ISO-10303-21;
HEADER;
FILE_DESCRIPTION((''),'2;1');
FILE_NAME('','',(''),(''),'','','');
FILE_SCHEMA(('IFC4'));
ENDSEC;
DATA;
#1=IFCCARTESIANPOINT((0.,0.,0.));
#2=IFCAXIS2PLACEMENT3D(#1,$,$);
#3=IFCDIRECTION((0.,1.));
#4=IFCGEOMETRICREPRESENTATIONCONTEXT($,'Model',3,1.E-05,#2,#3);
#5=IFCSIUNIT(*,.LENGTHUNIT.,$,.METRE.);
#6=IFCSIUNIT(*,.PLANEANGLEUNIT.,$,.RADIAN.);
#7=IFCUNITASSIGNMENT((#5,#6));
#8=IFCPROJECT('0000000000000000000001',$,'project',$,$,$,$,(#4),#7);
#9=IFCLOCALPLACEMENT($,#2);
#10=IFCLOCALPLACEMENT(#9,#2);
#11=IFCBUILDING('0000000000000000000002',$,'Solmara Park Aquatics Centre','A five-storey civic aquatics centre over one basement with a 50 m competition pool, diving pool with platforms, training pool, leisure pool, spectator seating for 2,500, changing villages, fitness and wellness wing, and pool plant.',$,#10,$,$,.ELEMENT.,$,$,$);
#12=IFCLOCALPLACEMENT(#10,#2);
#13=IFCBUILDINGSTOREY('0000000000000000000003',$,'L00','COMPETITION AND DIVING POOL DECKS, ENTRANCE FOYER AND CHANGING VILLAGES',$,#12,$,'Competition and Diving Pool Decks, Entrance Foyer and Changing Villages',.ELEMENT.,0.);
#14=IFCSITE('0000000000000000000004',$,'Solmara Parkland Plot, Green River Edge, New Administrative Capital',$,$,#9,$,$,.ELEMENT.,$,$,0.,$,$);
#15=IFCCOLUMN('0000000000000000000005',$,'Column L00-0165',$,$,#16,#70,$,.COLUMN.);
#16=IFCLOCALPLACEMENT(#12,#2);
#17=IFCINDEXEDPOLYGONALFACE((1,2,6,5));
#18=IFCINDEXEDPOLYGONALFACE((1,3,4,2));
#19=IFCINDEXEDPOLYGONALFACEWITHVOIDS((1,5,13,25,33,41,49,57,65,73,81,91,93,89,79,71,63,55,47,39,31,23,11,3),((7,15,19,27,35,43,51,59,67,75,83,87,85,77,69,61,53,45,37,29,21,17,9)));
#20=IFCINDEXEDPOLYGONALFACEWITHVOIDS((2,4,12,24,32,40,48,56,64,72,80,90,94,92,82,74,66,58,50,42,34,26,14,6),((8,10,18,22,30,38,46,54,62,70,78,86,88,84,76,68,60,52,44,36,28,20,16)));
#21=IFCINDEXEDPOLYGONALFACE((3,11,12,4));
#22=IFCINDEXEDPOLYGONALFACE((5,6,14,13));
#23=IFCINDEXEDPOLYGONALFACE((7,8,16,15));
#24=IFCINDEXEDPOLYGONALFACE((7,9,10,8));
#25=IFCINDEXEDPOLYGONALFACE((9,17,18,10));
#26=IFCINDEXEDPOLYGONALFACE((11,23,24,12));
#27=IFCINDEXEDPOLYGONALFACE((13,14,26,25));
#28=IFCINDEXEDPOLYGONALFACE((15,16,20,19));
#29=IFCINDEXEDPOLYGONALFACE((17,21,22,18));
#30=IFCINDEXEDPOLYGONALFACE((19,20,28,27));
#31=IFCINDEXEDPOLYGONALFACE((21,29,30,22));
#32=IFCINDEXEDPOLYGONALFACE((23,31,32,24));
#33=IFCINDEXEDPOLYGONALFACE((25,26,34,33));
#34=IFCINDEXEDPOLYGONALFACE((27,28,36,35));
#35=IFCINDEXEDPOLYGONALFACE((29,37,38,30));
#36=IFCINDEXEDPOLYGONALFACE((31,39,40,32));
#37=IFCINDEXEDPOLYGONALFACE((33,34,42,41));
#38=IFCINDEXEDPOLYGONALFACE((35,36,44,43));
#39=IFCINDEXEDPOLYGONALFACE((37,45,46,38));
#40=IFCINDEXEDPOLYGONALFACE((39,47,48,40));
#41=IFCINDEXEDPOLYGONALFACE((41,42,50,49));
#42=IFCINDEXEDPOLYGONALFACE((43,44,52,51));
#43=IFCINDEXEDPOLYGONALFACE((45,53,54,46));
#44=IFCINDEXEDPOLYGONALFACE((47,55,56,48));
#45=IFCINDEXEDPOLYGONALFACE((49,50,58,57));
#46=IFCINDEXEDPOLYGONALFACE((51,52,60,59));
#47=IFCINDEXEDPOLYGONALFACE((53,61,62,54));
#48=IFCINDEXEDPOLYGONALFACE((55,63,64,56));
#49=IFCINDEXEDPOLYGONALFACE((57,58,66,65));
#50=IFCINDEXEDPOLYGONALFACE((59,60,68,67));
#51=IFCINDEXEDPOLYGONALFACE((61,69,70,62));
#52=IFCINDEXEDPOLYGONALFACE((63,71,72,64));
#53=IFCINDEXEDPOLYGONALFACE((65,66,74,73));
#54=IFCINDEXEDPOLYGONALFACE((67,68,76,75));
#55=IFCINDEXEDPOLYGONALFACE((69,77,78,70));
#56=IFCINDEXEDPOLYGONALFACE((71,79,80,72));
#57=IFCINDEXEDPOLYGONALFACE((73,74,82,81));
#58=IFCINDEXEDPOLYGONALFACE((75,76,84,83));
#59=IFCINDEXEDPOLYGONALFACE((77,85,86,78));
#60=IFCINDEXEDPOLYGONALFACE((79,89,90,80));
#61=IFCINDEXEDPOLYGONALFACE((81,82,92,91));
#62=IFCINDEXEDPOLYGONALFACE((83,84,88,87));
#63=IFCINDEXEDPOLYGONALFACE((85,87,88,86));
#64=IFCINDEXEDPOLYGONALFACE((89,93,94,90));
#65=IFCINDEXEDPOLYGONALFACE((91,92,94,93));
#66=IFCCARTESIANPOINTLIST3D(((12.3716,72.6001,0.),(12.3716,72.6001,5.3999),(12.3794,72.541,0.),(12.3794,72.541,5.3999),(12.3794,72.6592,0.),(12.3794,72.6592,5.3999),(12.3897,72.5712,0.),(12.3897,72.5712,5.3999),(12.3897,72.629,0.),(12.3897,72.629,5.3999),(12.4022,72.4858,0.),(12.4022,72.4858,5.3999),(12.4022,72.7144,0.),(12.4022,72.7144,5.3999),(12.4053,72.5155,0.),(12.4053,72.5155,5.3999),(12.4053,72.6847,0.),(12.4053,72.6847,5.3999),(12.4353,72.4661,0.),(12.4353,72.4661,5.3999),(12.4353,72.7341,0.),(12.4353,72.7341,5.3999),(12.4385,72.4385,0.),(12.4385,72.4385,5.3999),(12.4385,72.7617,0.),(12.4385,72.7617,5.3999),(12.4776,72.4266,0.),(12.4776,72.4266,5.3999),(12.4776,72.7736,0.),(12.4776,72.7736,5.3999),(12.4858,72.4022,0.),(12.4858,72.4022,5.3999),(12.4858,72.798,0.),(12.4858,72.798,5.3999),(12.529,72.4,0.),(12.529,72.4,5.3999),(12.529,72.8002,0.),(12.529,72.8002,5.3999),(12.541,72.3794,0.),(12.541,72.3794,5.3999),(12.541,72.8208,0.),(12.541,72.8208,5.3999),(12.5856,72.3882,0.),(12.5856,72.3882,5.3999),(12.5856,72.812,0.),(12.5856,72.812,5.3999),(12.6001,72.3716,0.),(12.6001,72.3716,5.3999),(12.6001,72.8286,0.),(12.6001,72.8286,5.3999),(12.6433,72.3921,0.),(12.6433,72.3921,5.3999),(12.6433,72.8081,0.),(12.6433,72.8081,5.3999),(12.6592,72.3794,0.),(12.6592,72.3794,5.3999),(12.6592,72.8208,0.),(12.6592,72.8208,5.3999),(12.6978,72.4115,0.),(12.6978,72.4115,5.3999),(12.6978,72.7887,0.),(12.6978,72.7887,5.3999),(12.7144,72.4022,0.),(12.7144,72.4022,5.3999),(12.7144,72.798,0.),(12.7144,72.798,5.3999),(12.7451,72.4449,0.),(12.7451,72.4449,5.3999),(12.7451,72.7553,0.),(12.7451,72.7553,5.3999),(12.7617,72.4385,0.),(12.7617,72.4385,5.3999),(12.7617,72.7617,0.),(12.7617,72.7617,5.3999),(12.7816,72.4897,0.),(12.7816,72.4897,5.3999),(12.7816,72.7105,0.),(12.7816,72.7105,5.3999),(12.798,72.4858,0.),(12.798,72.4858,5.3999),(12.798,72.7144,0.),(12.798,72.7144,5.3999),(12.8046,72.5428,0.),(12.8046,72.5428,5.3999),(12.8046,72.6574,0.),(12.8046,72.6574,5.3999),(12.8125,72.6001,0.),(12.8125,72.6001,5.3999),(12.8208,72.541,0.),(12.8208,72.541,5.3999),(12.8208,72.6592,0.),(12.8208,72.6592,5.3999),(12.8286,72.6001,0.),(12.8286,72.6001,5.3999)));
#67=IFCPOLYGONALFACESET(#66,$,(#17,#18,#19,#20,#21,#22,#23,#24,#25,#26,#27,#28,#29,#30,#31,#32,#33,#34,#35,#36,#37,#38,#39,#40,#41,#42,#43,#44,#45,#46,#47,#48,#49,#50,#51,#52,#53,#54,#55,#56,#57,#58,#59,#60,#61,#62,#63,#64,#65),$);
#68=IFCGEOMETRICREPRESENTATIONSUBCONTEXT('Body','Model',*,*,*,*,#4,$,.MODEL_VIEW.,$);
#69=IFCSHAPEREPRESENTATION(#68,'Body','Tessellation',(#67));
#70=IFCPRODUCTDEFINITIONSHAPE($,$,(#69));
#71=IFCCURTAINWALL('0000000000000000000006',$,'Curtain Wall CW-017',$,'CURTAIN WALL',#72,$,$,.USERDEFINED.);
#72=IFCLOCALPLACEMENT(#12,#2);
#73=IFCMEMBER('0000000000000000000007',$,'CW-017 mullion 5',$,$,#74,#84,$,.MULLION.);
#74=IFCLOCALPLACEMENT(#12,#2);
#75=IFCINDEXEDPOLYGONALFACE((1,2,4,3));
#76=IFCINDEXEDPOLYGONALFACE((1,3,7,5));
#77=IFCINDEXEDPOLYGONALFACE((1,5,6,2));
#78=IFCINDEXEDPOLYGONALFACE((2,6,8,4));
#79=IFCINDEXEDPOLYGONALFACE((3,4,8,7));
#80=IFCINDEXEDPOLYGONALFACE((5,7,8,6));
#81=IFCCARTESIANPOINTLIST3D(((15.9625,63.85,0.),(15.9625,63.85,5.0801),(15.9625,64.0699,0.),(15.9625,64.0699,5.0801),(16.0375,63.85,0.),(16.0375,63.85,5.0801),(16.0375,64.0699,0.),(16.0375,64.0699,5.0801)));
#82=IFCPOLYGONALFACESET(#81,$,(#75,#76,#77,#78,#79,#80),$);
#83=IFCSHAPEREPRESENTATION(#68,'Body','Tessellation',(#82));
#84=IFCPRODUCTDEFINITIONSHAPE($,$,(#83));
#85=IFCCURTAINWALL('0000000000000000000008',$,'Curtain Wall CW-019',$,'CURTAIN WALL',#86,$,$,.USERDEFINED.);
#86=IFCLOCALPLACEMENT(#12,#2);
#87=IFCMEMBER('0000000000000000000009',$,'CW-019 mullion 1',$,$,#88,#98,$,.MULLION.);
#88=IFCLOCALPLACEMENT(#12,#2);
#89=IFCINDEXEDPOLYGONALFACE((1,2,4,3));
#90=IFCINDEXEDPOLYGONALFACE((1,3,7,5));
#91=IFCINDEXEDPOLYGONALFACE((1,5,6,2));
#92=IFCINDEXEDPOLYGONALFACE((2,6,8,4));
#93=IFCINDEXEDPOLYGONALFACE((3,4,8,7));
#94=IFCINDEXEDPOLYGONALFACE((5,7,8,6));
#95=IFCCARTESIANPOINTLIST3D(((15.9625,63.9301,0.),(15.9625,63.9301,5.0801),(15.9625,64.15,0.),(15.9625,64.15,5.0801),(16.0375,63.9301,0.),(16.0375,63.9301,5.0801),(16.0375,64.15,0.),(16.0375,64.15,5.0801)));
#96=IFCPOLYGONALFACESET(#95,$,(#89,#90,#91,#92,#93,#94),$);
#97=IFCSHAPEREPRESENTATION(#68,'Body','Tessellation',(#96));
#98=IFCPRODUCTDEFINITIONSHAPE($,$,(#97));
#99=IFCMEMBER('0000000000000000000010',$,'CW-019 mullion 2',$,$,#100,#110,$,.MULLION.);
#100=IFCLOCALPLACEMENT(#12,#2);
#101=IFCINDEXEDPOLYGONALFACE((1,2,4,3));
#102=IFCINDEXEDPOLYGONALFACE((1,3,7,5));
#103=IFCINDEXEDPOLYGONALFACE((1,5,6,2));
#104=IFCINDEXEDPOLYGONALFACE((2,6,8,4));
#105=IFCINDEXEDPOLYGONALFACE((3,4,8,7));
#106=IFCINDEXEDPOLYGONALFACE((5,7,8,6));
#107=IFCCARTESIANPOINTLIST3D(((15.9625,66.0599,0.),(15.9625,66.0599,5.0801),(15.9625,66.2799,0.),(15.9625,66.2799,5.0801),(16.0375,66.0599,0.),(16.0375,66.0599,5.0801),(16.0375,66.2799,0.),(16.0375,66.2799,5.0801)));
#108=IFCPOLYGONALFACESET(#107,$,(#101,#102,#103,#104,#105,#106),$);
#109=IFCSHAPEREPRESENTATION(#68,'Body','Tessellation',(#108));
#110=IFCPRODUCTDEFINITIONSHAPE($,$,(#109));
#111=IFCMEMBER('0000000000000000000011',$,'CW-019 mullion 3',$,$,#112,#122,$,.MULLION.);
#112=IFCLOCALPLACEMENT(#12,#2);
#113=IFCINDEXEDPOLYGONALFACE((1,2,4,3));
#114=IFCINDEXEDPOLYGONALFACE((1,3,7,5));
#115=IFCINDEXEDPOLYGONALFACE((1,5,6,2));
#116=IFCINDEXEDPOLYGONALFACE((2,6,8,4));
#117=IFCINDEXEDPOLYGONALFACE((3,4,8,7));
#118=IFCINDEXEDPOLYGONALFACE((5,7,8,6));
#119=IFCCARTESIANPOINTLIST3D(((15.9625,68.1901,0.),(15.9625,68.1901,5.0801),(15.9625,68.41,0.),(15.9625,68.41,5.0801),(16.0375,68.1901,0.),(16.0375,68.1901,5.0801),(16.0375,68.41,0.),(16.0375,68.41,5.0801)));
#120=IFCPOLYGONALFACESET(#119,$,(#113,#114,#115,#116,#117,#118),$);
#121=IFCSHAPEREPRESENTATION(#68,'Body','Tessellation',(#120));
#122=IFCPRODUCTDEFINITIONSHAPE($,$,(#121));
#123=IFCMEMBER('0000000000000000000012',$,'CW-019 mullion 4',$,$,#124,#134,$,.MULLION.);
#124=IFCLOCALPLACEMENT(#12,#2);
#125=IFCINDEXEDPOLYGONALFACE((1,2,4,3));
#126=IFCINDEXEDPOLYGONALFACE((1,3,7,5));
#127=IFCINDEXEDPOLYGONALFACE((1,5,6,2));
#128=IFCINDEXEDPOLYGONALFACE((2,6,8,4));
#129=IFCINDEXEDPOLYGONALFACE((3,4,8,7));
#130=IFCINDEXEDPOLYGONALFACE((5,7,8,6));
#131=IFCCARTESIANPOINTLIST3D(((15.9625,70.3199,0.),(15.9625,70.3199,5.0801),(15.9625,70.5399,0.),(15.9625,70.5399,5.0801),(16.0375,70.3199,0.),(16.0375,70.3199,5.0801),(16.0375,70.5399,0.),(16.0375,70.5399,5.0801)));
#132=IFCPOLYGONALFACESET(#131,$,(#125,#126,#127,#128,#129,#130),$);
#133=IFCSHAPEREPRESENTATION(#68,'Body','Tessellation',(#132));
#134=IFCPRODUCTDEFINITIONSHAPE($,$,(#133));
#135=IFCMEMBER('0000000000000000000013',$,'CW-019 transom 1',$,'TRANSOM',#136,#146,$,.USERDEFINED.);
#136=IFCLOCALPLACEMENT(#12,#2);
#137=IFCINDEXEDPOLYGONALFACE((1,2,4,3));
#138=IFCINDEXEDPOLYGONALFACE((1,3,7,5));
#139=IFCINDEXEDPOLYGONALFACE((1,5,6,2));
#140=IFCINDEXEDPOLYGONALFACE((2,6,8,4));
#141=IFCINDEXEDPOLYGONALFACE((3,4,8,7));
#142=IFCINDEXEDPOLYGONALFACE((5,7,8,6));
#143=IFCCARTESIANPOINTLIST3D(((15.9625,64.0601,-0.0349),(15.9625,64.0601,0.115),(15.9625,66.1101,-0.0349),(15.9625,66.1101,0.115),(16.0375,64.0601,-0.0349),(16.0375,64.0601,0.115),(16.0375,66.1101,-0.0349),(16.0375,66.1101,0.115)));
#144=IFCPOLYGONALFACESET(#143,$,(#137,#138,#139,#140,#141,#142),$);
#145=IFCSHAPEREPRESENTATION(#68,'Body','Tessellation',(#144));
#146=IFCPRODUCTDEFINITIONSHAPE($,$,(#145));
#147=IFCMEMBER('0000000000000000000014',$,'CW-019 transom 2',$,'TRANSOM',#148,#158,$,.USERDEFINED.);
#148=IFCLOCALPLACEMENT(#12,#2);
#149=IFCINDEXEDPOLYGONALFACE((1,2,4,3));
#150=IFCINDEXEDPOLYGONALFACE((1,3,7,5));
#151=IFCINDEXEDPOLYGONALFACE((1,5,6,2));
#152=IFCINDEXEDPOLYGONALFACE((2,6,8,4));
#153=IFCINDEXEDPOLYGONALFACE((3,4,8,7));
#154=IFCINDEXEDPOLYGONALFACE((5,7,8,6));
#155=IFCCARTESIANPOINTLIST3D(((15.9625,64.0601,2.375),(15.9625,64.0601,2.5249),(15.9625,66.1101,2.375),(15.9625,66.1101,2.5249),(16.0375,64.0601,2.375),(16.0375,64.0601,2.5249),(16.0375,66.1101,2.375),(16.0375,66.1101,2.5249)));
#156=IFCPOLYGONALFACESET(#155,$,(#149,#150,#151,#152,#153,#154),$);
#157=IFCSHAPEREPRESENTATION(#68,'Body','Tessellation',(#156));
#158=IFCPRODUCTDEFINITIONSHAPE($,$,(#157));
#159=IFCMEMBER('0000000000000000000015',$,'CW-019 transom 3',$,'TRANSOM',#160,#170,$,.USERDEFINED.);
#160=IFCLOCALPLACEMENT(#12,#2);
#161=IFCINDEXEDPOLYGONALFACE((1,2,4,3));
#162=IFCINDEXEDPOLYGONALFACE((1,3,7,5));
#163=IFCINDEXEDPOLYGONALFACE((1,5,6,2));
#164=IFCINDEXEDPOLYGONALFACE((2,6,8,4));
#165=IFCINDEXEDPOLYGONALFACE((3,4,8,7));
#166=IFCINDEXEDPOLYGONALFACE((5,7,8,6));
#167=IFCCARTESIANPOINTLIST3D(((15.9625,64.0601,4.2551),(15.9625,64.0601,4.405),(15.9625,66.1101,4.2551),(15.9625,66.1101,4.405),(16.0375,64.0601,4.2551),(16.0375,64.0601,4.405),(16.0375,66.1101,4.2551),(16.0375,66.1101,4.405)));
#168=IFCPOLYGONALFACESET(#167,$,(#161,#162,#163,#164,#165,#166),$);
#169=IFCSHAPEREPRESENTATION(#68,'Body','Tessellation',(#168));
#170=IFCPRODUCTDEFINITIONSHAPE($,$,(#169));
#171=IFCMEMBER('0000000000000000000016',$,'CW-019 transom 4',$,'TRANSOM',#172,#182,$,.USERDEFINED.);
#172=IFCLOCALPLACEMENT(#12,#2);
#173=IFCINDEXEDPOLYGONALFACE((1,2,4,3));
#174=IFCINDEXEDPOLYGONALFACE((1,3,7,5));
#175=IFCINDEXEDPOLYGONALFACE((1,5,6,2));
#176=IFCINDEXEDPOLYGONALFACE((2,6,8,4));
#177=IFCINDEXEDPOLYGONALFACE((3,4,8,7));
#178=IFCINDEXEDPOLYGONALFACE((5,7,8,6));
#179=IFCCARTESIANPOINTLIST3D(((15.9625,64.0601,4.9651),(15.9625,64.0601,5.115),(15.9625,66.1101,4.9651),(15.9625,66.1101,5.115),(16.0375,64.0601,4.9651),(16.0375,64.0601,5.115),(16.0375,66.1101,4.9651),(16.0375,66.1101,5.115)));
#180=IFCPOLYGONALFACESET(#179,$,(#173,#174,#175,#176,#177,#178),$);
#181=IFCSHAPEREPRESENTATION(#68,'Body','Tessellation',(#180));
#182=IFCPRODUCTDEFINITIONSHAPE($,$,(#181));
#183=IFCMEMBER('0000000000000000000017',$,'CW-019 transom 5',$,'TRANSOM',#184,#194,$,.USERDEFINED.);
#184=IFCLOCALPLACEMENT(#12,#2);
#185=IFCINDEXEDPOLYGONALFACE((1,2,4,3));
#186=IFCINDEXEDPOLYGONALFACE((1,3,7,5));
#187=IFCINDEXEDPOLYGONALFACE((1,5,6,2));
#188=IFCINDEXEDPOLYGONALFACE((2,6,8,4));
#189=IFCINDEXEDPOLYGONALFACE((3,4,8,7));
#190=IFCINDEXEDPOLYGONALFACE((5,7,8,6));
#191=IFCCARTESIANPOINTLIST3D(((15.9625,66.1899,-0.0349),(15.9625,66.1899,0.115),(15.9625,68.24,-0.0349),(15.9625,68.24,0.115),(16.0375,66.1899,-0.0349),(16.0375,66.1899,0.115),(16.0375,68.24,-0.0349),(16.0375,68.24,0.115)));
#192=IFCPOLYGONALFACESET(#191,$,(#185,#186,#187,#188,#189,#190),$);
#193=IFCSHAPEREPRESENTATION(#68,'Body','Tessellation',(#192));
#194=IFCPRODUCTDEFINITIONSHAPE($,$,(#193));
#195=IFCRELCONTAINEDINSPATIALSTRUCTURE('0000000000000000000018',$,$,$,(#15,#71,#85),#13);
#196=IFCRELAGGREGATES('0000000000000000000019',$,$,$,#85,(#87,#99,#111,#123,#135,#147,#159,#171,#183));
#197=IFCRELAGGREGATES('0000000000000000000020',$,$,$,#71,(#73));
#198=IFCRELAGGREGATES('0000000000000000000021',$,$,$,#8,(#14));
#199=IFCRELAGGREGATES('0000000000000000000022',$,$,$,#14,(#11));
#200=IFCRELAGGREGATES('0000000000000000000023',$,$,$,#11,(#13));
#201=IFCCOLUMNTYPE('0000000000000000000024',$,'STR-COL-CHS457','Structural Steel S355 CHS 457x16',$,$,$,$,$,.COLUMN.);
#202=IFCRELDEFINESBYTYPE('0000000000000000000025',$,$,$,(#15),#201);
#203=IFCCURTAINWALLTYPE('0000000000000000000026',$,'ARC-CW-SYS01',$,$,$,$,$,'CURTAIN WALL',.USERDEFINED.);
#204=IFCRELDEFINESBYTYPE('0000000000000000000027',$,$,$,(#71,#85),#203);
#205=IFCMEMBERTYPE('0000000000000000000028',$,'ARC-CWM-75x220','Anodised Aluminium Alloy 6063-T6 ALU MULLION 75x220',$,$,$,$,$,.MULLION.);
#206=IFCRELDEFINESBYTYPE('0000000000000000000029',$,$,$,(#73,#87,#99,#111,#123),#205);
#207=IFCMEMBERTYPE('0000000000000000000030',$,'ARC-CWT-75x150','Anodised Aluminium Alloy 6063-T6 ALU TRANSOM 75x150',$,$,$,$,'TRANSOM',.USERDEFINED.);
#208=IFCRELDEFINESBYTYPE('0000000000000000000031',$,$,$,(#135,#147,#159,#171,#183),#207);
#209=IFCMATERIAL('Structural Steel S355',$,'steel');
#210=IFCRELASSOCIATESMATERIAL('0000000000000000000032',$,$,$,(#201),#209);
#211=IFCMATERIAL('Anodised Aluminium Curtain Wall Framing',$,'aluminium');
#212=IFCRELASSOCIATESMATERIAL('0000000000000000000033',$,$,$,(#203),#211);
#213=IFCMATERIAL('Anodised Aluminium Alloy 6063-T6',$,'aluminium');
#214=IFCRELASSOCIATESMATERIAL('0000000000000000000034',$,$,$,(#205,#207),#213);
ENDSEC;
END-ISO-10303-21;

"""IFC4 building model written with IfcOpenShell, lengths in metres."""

from ifc_helpers import new_model, si_unit, direction, frame, origin, origin_2d, place, context, subcontext, project, spatial, rectangle, hollow_circle, extrude, material, material_profile, profile_set, type_object, element, aggregate, save


model = new_model("IFC4")

# Units and contexts
model_context = context("Model", 3, precision=1e-05, world=origin(), true_north=direction((0.0, 1.0)))
body_context = subcontext(model_context, "Body", "Model", "MODEL_VIEW")
ifc_project = project(units=[si_unit("LENGTHUNIT", "METRE"), si_unit("PLANEANGLEUNIT", "RADIAN")], contexts=[model_context])

# Site, building, storey
site_placement = place(None, origin())
site = spatial("IfcSite", under=ifc_project, at=site_placement, Name="Solmara Parkland Plot, Green River Edge, New Administrative Capital", CompositionType="ELEMENT", RefElevation=0.0)
building_placement = place(site_placement, origin())
building = spatial("IfcBuilding", under=site, at=building_placement, Name="Solmara Park Aquatics Centre", Description="A five-storey civic aquatics centre over one basement with a 50 m competition pool, diving pool with platforms, training pool, leisure pool, spectator seating for 2,500, changing villages, fitness and wellness wing, and pool plant.", CompositionType="ELEMENT")
storey_placement = place(building_placement, origin())
storey = spatial("IfcBuildingStorey", under=building, at=storey_placement, Name="L00", Description="COMPETITION AND DIVING POOL DECKS, ENTRANCE FOYER AND CHANGING VILLAGES", LongName="Competition and Diving Pool Decks, Entrance Foyer and Changing Villages", CompositionType="ELEMENT", Elevation=0.0)

# Column
ifc_material_1 = material(Name="Structural Steel S355", Category="steel")
ifc_material_profile_1 = material_profile(ifc_material_1, hollow_circle(Radius=0.2285, WallThickness=0.0161, at=origin_2d()), Name="CHS 457x16")
ifc_profile_set_1 = profile_set([ifc_material_profile_1], Name="Structural Steel S355")
column_type = type_object("IfcColumnType", Name="STR-COL-CHS457", Description="Structural Steel S355 CHS 457x16", PredefinedType="COLUMN", material=ifc_profile_set_1)
column_placement = place(storey_placement, frame((12.6001, 72.6001, 0.0), z_axis=(0.0, 0.0, 1.0), x_axis=(1.0, 0.0, 0.0)))
element("IfcColumn", 1, at=column_placement, inside=storey, type_object=column_type, Name="Column L00-0165", PredefinedType="COLUMN", context=body_context, shape_type="SweptSolid", body=[
    extrude(hollow_circle(Radius=0.2285, WallThickness=0.0161, at=origin_2d()), origin(), (0.0, 0.0, 1.0), 5.3999),
])

# Curtain wall, member
ifc_material_2 = material(Name="Anodised Aluminium Curtain Wall Framing", Category="aluminium")
curtain_wall_type = type_object("IfcCurtainWallType", Name="ARC-CW-SYS01", ElementType="CURTAIN WALL", PredefinedType="USERDEFINED", material=ifc_material_2)
curtain_wall_1_placement = place(storey_placement, origin())
curtain_wall_1 = element("IfcCurtainWall", 2, at=curtain_wall_1_placement, inside=storey, type_object=curtain_wall_type, Name="Curtain Wall CW-017", ObjectType="CURTAIN WALL", PredefinedType="USERDEFINED")
ifc_material_3 = material(Name="Anodised Aluminium Alloy 6063-T6", Category="aluminium")
ifc_material_profile_2 = material_profile(ifc_material_3, rectangle(XDim=0.075, YDim=0.22, at=origin_2d()), Name="ALU MULLION 75x220")
ifc_profile_set_2 = profile_set([ifc_material_profile_2], Name="Anodised Aluminium Alloy 6063-T6")
member_type_1 = type_object("IfcMemberType", Name="ARC-CWM-75x220", Description="Anodised Aluminium Alloy 6063-T6 ALU MULLION 75x220", PredefinedType="MULLION", material=ifc_profile_set_2)
member_1_placement = place(storey_placement, frame((16.0, 63.96, 0.0), z_axis=(0.0, 0.0, 1.0), x_axis=(1.0, 0.0, 0.0)))
member_1 = element("IfcMember", 3, at=member_1_placement, type_object=member_type_1, Name="CW-017 mullion 5", PredefinedType="MULLION", context=body_context, shape_type="SweptSolid", body=[
    extrude(rectangle(XDim=0.075, YDim=0.22, at=origin_2d()), origin(), (0.0, 0.0, 1.0), 5.0801),
])

# Curtain wall, members
curtain_wall_2_placement = place(storey_placement, origin())
curtain_wall_2 = element("IfcCurtainWall", 4, at=curtain_wall_2_placement, inside=storey, type_object=curtain_wall_type, Name="Curtain Wall CW-019", ObjectType="CURTAIN WALL", PredefinedType="USERDEFINED")
member_2_placement = place(storey_placement, frame((16.0, 64.04, 0.0), z_axis=(0.0, 0.0, 1.0), x_axis=(1.0, 0.0, 0.0)))
member_2 = element("IfcMember", 5, at=member_2_placement, type_object=member_type_1, Name="CW-019 mullion 1", PredefinedType="MULLION", context=body_context, shape_type="SweptSolid", body=[
    extrude(rectangle(XDim=0.075, YDim=0.22, at=origin_2d()), origin(), (0.0, 0.0, 1.0), 5.0801),
])
member_3_placement = place(storey_placement, frame((16.0, 66.1699, 0.0), z_axis=(0.0, 0.0, 1.0), x_axis=(1.0, 0.0, 0.0)))
member_3 = element("IfcMember", 6, at=member_3_placement, type_object=member_type_1, Name="CW-019 mullion 2", PredefinedType="MULLION", context=body_context, shape_type="SweptSolid", body=[
    extrude(rectangle(XDim=0.075, YDim=0.22, at=origin_2d()), origin(), (0.0, 0.0, 1.0), 5.0801),
])
member_4_placement = place(storey_placement, frame((16.0, 68.3, 0.0), z_axis=(0.0, 0.0, 1.0), x_axis=(1.0, 0.0, 0.0)))
member_4 = element("IfcMember", 7, at=member_4_placement, type_object=member_type_1, Name="CW-019 mullion 3", PredefinedType="MULLION", context=body_context, shape_type="SweptSolid", body=[
    extrude(rectangle(XDim=0.075, YDim=0.22, at=origin_2d()), origin(), (0.0, 0.0, 1.0), 5.0801),
])
member_5_placement = place(storey_placement, frame((16.0, 70.4299, 0.0), z_axis=(0.0, 0.0, 1.0), x_axis=(1.0, 0.0, 0.0)))
member_5 = element("IfcMember", 8, at=member_5_placement, type_object=member_type_1, Name="CW-019 mullion 4", PredefinedType="MULLION", context=body_context, shape_type="SweptSolid", body=[
    extrude(rectangle(XDim=0.075, YDim=0.22, at=origin_2d()), origin(), (0.0, 0.0, 1.0), 5.0801),
])
ifc_material_profile_3 = material_profile(ifc_material_3, rectangle(XDim=0.075, YDim=0.1499, at=origin_2d()), Name="ALU TRANSOM 75x150")
ifc_profile_set_3 = profile_set([ifc_material_profile_3], Name="Anodised Aluminium Alloy 6063-T6")
member_type_2 = type_object("IfcMemberType", Name="ARC-CWT-75x150", Description="Anodised Aluminium Alloy 6063-T6 ALU TRANSOM 75x150", ElementType="TRANSOM", PredefinedType="USERDEFINED", material=ifc_profile_set_3)
member_6_placement = place(storey_placement, frame((16.0, 64.0601, 0.04), z_axis=(0.0, 1.0, 0.0), x_axis=(-1.0, 0.0, 0.0)))
member_6 = element("IfcMember", 9, at=member_6_placement, type_object=member_type_2, Name="CW-019 transom 1", ObjectType="TRANSOM", PredefinedType="USERDEFINED", context=body_context, shape_type="SweptSolid", body=[
    extrude(rectangle(XDim=0.075, YDim=0.1499, at=origin_2d()), origin(), (0.0, 0.0, 1.0), 2.05),
])
member_7_placement = place(storey_placement, frame((16.0, 64.0601, 2.45), z_axis=(0.0, 1.0, 0.0), x_axis=(-1.0, 0.0, 0.0)))
member_7 = element("IfcMember", 10, at=member_7_placement, type_object=member_type_2, Name="CW-019 transom 2", ObjectType="TRANSOM", PredefinedType="USERDEFINED", context=body_context, shape_type="SweptSolid", body=[
    extrude(rectangle(XDim=0.075, YDim=0.1499, at=origin_2d()), origin(), (0.0, 0.0, 1.0), 2.05),
])
member_8_placement = place(storey_placement, frame((16.0, 64.0601, 4.3301), z_axis=(0.0, 1.0, 0.0), x_axis=(-1.0, 0.0, 0.0)))
member_8 = element("IfcMember", 11, at=member_8_placement, type_object=member_type_2, Name="CW-019 transom 3", ObjectType="TRANSOM", PredefinedType="USERDEFINED", context=body_context, shape_type="SweptSolid", body=[
    extrude(rectangle(XDim=0.075, YDim=0.1499, at=origin_2d()), origin(), (0.0, 0.0, 1.0), 2.05),
])
member_9_placement = place(storey_placement, frame((16.0, 64.0601, 5.04), z_axis=(0.0, 1.0, 0.0), x_axis=(-1.0, 0.0, 0.0)))
member_9 = element("IfcMember", 12, at=member_9_placement, type_object=member_type_2, Name="CW-019 transom 4", ObjectType="TRANSOM", PredefinedType="USERDEFINED", context=body_context, shape_type="SweptSolid", body=[
    extrude(rectangle(XDim=0.075, YDim=0.1499, at=origin_2d()), origin(), (0.0, 0.0, 1.0), 2.05),
])
member_10_placement = place(storey_placement, frame((16.0, 66.1899, 0.04), z_axis=(0.0, 1.0, 0.0), x_axis=(-1.0, 0.0, 0.0)))
member_10 = element("IfcMember", 13, at=member_10_placement, type_object=member_type_2, Name="CW-019 transom 5", ObjectType="TRANSOM", PredefinedType="USERDEFINED", context=body_context, shape_type="SweptSolid", body=[
    extrude(rectangle(XDim=0.075, YDim=0.1499, at=origin_2d()), origin(), (0.0, 0.0, 1.0), 2.05),
])

aggregate(curtain_wall_2, [member_2, member_3, member_4, member_5, member_6, member_7, member_8, member_9, member_10])
aggregate(curtain_wall_1, [member_1])

save(model, "model.ifc")
